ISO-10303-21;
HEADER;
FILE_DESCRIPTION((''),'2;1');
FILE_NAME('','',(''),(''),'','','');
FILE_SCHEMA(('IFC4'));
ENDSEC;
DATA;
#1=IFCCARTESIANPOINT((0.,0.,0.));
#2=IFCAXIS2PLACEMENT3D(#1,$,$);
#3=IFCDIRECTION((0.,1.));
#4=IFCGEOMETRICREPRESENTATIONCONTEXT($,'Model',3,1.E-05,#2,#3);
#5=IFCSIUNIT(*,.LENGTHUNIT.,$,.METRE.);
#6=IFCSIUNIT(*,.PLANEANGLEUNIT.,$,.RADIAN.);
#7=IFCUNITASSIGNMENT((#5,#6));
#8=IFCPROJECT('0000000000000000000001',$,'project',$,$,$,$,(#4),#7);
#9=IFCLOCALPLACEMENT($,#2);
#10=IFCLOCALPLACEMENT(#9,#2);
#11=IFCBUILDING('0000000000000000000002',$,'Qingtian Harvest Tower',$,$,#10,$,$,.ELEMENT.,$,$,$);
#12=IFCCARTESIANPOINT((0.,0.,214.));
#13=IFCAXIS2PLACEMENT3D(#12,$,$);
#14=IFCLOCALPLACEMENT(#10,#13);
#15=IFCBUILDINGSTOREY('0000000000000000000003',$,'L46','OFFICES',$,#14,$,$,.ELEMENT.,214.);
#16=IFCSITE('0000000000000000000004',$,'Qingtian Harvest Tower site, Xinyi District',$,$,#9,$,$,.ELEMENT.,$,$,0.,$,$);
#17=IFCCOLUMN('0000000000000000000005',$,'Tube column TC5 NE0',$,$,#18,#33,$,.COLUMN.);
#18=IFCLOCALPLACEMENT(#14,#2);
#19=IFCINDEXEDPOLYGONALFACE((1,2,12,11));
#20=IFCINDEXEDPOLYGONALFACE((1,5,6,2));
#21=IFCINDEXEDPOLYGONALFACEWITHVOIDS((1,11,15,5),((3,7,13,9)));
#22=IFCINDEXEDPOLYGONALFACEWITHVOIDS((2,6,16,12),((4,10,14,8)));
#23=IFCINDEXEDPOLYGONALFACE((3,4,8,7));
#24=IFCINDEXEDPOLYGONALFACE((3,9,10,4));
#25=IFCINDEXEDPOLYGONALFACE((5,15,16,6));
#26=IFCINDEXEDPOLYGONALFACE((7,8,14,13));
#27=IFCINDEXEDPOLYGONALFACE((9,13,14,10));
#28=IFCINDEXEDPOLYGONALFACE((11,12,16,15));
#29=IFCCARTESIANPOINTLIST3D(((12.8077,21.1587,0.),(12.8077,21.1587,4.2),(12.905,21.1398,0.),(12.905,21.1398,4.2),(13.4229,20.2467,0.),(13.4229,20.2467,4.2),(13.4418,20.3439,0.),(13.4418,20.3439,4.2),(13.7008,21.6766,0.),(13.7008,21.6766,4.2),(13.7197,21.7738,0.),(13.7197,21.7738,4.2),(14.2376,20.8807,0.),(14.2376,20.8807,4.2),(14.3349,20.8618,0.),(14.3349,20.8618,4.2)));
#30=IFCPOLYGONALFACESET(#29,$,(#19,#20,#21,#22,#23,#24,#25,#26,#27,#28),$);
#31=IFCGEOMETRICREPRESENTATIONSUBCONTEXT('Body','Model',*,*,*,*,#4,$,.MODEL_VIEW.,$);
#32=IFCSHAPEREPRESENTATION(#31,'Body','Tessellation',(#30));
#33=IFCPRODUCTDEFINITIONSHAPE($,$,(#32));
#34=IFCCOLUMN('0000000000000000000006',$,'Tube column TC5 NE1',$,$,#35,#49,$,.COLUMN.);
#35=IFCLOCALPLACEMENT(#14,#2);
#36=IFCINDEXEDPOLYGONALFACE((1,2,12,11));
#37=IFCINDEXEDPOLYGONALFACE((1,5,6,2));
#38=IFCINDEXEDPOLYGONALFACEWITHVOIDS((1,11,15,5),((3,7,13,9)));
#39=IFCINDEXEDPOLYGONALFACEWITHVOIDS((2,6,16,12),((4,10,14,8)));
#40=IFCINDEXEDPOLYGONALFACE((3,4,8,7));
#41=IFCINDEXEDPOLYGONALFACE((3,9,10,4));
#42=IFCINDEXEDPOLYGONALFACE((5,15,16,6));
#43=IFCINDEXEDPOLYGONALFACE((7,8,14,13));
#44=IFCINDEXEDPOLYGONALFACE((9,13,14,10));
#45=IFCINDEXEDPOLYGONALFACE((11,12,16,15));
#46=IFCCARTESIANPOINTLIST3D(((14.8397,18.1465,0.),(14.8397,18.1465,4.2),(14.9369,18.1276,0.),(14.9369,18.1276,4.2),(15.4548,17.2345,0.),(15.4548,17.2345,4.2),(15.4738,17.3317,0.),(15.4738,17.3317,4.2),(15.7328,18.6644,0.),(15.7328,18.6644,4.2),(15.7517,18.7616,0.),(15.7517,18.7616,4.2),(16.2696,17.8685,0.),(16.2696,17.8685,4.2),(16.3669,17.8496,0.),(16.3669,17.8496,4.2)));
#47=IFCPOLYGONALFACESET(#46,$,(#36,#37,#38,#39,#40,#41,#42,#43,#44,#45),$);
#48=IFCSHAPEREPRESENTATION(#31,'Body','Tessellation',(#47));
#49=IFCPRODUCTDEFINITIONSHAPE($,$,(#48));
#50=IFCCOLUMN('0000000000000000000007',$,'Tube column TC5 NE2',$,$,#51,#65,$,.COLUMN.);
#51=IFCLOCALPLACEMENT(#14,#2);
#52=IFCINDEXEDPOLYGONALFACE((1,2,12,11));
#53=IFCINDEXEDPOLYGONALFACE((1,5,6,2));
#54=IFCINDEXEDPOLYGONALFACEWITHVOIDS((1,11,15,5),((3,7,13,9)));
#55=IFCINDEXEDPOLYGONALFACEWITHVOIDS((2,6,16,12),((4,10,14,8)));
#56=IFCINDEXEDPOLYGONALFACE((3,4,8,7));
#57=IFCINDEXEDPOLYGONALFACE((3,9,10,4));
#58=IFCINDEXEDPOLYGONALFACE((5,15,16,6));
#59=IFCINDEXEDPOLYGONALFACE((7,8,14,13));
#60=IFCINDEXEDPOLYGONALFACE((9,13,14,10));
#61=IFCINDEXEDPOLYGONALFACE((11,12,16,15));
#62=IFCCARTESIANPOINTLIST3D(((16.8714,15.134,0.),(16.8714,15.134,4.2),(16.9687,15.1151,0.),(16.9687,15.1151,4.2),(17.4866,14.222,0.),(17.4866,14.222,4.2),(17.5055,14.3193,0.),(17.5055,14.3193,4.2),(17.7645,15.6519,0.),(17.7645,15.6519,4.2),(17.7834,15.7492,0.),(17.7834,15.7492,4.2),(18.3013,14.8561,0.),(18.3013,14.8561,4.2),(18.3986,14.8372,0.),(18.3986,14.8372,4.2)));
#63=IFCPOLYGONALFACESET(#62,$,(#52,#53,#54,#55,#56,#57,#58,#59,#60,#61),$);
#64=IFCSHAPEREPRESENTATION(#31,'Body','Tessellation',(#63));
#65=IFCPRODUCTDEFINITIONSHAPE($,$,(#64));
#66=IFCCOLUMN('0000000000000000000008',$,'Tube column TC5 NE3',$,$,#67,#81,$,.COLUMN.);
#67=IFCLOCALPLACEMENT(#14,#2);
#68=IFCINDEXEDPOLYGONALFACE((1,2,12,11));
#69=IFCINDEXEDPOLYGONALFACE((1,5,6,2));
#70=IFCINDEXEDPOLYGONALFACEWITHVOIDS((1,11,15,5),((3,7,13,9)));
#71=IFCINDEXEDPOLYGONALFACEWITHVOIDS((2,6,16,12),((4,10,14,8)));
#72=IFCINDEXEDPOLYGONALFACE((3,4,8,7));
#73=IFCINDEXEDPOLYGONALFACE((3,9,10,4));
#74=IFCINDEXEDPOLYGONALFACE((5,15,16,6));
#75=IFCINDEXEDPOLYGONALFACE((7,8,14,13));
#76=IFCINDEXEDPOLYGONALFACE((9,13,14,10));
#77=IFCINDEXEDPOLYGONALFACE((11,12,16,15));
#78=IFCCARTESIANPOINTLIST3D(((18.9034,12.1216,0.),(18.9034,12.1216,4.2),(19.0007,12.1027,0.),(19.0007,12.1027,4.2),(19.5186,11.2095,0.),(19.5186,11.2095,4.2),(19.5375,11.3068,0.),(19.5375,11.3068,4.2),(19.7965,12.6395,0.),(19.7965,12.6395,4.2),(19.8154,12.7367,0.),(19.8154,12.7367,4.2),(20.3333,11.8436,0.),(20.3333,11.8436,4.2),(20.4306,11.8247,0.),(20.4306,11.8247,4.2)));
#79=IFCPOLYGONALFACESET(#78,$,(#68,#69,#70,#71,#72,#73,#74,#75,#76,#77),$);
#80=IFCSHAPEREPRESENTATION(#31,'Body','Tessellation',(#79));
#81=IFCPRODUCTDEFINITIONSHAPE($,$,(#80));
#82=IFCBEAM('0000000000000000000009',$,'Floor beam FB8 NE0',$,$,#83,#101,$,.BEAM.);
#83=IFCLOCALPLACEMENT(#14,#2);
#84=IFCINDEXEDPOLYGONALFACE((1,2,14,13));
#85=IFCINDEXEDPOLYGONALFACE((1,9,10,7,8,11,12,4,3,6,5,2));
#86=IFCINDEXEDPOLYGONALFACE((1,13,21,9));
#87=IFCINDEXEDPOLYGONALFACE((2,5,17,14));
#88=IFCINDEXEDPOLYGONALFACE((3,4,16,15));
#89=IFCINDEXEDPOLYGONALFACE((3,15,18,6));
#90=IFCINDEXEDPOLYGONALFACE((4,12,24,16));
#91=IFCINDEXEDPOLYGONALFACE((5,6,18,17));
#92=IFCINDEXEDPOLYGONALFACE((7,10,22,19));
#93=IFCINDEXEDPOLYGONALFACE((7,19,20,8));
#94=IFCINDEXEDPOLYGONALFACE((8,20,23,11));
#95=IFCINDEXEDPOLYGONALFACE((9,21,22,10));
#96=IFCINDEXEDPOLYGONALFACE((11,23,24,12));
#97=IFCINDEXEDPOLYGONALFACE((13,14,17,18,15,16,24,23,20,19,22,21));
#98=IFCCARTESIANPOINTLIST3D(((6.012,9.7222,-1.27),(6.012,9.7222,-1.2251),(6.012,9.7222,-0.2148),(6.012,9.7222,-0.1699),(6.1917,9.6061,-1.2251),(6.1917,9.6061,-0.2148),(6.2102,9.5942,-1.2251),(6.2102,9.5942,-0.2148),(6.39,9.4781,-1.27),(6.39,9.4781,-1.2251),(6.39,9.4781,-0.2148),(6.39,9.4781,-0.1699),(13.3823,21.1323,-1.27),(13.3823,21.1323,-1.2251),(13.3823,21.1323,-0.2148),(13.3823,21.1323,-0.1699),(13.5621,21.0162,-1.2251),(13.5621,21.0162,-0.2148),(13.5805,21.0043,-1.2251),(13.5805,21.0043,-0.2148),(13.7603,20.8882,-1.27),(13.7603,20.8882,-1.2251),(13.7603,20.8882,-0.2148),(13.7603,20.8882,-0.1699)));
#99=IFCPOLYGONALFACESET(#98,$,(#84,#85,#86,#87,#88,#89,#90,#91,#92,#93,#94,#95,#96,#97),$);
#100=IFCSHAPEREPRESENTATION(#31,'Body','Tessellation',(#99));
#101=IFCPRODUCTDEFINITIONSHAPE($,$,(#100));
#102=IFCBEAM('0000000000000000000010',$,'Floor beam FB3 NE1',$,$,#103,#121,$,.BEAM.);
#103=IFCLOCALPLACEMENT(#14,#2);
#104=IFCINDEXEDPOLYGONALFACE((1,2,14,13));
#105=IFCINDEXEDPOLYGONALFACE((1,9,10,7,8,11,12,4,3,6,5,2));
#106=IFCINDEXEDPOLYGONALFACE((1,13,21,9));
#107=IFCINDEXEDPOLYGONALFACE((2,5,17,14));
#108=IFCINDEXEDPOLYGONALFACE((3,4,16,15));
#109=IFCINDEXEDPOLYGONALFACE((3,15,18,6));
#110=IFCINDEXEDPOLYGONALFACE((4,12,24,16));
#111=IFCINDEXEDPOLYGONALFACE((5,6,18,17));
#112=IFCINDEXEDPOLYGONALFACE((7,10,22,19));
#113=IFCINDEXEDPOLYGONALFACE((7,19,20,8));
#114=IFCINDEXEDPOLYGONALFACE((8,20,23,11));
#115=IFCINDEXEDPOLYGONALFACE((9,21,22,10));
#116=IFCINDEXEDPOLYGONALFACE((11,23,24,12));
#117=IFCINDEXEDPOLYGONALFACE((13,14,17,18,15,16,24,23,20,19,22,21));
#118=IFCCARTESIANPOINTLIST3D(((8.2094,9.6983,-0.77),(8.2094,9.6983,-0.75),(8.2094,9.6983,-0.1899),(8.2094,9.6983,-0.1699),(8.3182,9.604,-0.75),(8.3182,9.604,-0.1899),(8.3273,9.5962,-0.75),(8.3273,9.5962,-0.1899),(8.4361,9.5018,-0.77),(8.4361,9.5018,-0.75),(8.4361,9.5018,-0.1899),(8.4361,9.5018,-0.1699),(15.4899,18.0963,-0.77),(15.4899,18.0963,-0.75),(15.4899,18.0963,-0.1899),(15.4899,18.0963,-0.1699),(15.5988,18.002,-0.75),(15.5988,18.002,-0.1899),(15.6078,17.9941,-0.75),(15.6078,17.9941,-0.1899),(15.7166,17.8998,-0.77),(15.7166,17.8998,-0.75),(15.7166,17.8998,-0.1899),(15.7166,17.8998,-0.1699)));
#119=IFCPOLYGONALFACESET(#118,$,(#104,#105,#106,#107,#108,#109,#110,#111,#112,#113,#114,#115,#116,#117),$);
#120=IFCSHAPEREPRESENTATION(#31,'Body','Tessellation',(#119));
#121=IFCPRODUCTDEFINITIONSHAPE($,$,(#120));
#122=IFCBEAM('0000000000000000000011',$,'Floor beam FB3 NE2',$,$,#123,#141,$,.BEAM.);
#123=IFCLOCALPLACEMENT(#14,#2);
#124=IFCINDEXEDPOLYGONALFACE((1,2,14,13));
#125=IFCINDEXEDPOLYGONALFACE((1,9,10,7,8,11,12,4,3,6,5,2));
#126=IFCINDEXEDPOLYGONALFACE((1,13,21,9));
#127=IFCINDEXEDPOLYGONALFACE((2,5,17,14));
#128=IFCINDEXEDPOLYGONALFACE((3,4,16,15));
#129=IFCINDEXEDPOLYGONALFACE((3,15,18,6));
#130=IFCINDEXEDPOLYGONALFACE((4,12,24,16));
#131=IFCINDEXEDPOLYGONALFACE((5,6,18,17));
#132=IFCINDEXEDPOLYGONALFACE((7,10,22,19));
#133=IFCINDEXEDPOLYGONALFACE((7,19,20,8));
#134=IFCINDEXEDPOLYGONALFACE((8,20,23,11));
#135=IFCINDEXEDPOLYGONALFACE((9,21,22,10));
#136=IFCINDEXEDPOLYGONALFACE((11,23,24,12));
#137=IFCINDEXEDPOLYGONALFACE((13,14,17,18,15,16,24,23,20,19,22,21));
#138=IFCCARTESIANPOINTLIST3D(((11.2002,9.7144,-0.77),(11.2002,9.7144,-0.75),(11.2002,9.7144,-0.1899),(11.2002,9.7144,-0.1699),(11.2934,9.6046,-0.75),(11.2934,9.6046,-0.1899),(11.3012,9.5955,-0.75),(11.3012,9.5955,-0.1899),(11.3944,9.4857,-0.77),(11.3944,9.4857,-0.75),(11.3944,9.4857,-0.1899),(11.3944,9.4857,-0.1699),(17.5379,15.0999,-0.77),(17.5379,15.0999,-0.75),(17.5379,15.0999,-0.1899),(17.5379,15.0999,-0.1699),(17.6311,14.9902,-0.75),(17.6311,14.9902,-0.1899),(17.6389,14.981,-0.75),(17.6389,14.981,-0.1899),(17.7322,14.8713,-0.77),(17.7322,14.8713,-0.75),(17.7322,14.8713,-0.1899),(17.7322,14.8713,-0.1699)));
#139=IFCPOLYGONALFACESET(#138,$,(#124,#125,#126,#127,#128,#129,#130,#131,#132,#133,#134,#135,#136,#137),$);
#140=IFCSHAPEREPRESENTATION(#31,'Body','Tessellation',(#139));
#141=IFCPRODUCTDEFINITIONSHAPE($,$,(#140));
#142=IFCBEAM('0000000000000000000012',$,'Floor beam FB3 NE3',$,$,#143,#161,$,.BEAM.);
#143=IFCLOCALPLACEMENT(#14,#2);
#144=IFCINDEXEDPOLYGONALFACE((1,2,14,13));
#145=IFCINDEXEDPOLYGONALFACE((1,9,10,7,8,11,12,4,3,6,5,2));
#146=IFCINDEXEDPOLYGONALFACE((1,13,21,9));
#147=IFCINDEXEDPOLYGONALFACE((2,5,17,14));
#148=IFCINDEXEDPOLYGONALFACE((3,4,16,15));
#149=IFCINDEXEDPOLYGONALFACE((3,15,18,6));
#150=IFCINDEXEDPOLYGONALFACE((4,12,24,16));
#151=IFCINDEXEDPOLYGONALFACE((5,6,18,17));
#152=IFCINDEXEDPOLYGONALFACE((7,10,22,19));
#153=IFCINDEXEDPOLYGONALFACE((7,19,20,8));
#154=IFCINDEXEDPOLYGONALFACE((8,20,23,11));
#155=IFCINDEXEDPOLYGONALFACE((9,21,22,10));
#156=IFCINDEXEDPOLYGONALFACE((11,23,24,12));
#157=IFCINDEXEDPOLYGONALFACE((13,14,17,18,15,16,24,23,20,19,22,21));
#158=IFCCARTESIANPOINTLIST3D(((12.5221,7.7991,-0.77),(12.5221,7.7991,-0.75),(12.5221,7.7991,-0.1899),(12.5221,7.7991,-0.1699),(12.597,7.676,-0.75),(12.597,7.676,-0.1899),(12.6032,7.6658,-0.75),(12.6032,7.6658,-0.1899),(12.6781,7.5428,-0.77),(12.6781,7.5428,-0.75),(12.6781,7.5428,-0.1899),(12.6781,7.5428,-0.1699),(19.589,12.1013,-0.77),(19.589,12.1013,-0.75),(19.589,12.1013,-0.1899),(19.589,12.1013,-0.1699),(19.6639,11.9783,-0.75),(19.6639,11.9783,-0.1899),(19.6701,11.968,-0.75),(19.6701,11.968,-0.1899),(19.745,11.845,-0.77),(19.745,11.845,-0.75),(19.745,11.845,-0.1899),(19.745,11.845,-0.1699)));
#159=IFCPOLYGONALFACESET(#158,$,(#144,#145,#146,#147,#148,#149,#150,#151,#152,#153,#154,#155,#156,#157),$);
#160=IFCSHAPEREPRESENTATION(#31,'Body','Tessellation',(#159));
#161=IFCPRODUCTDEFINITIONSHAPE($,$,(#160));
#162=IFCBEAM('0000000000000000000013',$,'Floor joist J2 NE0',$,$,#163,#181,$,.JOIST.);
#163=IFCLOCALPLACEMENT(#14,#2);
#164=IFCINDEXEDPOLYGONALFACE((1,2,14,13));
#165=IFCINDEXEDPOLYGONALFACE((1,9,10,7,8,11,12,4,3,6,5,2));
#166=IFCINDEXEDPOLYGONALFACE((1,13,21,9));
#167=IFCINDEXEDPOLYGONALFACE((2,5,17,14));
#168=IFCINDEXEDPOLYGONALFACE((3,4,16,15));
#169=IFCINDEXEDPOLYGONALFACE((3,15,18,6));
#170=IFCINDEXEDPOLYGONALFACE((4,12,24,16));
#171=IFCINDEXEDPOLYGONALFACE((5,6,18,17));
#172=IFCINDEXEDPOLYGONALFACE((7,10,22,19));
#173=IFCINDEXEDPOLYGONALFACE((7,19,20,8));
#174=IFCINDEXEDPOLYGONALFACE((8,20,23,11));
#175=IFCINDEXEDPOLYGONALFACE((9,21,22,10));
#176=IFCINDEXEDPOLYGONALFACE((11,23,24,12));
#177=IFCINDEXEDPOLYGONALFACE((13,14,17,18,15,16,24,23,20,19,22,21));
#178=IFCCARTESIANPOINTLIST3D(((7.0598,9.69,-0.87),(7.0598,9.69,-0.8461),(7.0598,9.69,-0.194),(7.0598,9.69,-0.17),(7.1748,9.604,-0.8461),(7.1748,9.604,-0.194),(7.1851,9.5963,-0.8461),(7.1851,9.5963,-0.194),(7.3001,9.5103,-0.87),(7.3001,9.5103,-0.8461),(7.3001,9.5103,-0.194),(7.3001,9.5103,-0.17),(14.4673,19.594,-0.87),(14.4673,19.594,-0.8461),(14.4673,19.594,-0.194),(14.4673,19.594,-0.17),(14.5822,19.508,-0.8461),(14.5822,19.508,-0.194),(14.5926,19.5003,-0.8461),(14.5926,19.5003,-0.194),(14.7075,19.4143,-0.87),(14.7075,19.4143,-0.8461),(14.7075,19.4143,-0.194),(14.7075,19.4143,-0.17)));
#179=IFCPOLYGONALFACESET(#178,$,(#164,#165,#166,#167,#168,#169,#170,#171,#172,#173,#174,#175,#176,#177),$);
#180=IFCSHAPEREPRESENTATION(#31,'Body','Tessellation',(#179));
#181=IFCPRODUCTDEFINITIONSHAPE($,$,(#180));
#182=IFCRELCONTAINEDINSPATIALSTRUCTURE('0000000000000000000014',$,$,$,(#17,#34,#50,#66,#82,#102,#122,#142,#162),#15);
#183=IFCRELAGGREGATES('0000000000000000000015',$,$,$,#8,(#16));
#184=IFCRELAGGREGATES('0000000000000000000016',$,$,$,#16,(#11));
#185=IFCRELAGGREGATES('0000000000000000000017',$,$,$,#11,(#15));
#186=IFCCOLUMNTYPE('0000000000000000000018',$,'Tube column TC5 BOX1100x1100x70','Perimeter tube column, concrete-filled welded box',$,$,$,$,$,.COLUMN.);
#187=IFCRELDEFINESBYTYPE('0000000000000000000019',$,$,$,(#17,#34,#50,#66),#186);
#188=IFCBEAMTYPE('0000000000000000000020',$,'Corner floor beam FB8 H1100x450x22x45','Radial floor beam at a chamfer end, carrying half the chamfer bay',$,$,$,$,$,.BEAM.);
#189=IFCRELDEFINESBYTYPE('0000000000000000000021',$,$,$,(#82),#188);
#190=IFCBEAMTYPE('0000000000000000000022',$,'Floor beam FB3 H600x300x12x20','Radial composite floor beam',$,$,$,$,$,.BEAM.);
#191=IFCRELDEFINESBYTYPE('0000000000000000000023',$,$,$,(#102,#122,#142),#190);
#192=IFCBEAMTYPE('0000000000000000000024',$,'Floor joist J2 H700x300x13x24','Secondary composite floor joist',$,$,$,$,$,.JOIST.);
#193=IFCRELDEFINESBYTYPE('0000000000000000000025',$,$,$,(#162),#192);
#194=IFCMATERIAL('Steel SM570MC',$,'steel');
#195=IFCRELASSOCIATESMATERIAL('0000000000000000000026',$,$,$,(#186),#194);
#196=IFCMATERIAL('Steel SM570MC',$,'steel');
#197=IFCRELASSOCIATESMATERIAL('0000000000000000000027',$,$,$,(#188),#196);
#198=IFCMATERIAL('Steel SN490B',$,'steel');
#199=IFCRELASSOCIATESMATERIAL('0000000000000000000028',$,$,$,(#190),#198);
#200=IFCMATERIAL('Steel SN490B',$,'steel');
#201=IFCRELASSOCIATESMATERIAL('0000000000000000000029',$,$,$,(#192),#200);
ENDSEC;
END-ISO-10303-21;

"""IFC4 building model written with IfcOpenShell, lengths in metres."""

from ifc_helpers import new_model, si_unit, direction, frame, origin, origin_2d, place, context, subcontext, project, spatial, hollow_rectangle, i_section, extrude, material, material_profile, profile_set, type_object, element, save


model = new_model("IFC4")

# Units and contexts
model_context = context("Model", 3, precision=1e-05, world=origin(), true_north=direction((0.0, 1.0)))
body_context = subcontext(model_context, "Body", "Model", "MODEL_VIEW")
ifc_project = project(units=[si_unit("LENGTHUNIT", "METRE"), si_unit("PLANEANGLEUNIT", "RADIAN")], contexts=[model_context])

# Site, building, storey
site_placement = place(None, origin())
site = spatial("IfcSite", under=ifc_project, at=site_placement, Name="Qingtian Harvest Tower site, Xinyi District", CompositionType="ELEMENT", RefElevation=0.0)
building_placement = place(site_placement, origin())
building = spatial("IfcBuilding", under=site, at=building_placement, Name="Qingtian Harvest Tower", CompositionType="ELEMENT")
storey_placement = place(building_placement, frame((0.0, 0.0, 214.0)))
storey = spatial("IfcBuildingStorey", under=building, at=storey_placement, Name="L46", Description="OFFICES", CompositionType="ELEMENT", Elevation=214.0)

# Columns
ifc_material_1 = material(Name="Steel SM570MC", Category="steel")
ifc_material_profile_1 = material_profile(ifc_material_1, hollow_rectangle(XDim=1.1001, YDim=1.1001, WallThickness=0.0701, at=origin_2d()), Name="BOX1100x1100x70")
ifc_profile_set_1 = profile_set([ifc_material_profile_1], Name="Steel SM570MC")
column_type = type_object("IfcColumnType", Name="Tube column TC5 BOX1100x1100x70", Description="Perimeter tube column, concrete-filled welded box", PredefinedType="COLUMN", material=ifc_profile_set_1)
for number, where, z_axis, x_axis, name in (
    (1, (13.5713, 21.0103, 0.0), (0.0, 0.0, 1.0), (-0.559193, 0.829038, 0.0), "Tube column TC5 NE0"),
    (2, (15.6033, 17.998, 0.0), (0.0, 0.0, 1.0), (-0.559193, 0.829038, 0.0), "Tube column TC5 NE1"),
    (3, (17.635, 14.9856, 0.0), (0.0, 0.0, 1.0), (-0.559193, 0.829038, 0.0), "Tube column TC5 NE2"),
    (4, (19.667, 11.9731, 0.0), (0.0, 0.0, 1.0), (-0.559193, 0.829038, 0.0), "Tube column TC5 NE3"),
):
    element("IfcColumn", number, at=place(storey_placement, frame(where, z_axis=z_axis, x_axis=x_axis)), inside=storey, type_object=column_type, Name=name, PredefinedType="COLUMN", context=body_context, shape_type="SweptSolid", body=[
        extrude(hollow_rectangle(XDim=1.1001, YDim=1.1001, WallThickness=0.0701, at=origin_2d()), origin(), (0.0, 0.0, 1.0), 4.2),
    ])

# Beams
ifc_material_2 = material(Name="Steel SM570MC", Category="steel")
ifc_material_profile_2 = material_profile(ifc_material_2, i_section(OverallWidth=0.45, OverallDepth=1.1001, WebThickness=0.022, FlangeThickness=0.0449, at=origin_2d()), Name="H1100x450x22x45")
ifc_profile_set_2 = profile_set([ifc_material_profile_2], Name="Steel SM570MC")
beam_type_1 = type_object("IfcBeamType", Name="Corner floor beam FB8 H1100x450x22x45", Description="Radial floor beam at a chamfer end, carrying half the chamfer bay", PredefinedType="BEAM", material=ifc_profile_set_2)
beam_1_placement = place(storey_placement, frame((13.5713, 21.0103, -0.72), z_axis=(-0.542593, -0.839996, 0.0), x_axis=(0.839996, -0.542593, 0.0)))
element("IfcBeam", 5, at=beam_1_placement, inside=storey, type_object=beam_type_1, Name="Floor beam FB8 NE0", PredefinedType="BEAM", context=body_context, shape_type="SweptSolid", body=[
    extrude(i_section(OverallWidth=0.45, OverallDepth=1.1001, WebThickness=0.022, FlangeThickness=0.0449, at=origin_2d()), origin(), (0.0, 0.0, 1.0), 13.5835),
])
ifc_material_3 = material(Name="Steel SN490B", Category="steel")
ifc_material_profile_3 = material_profile(ifc_material_3, i_section(OverallWidth=0.3, OverallDepth=0.6001, WebThickness=0.012, FlangeThickness=0.02, at=origin_2d()), Name="H600x300x12x20")
ifc_profile_set_3 = profile_set([ifc_material_profile_3], Name="Steel SN490B")
beam_type_2 = type_object("IfcBeamType", Name="Floor beam FB3 H600x300x12x20", Description="Radial composite floor beam", PredefinedType="BEAM", material=ifc_profile_set_3)
beam_2_placement = place(storey_placement, frame((15.6033, 17.998, -0.47), z_axis=(-0.655048, -0.755587, 0.0), x_axis=(0.755587, -0.655048, 0.0)))
element("IfcBeam", 6, at=beam_2_placement, inside=storey, type_object=beam_type_2, Name="Floor beam FB3 NE1", PredefinedType="BEAM", context=body_context, shape_type="SweptSolid", body=[
    extrude(i_section(OverallWidth=0.3, OverallDepth=0.6001, WebThickness=0.012, FlangeThickness=0.02, at=origin_2d()), origin(), (0.0, 0.0, 1.0), 11.1145),
])
beam_3_placement = place(storey_placement, frame((17.635, 14.9856, -0.47), z_axis=(-0.762028, -0.647544, 0.0), x_axis=(0.647544, -0.762028, 0.0)))
element("IfcBeam", 7, at=beam_3_placement, inside=storey, type_object=beam_type_2, Name="Floor beam FB3 NE2", PredefinedType="BEAM", context=body_context, shape_type="SweptSolid", body=[
    extrude(i_section(OverallWidth=0.3, OverallDepth=0.6001, WebThickness=0.012, FlangeThickness=0.02, at=origin_2d()), origin(), (0.0, 0.0, 1.0), 8.3169),
])
beam_4_placement = place(storey_placement, frame((19.667, 11.9731, -0.47), z_axis=(-0.854163, -0.520005, 0.0), x_axis=(0.520005, -0.854163, 0.0)))
element("IfcBeam", 8, at=beam_4_placement, inside=storey, type_object=beam_type_2, Name="Floor beam FB3 NE3", PredefinedType="BEAM", context=body_context, shape_type="SweptSolid", body=[
    extrude(i_section(OverallWidth=0.3, OverallDepth=0.6001, WebThickness=0.012, FlangeThickness=0.02, at=origin_2d()), origin(), (0.0, 0.0, 1.0), 8.2734),
])
ifc_material_4 = material(Name="Steel SN490B", Category="steel")
ifc_material_profile_4 = material_profile(ifc_material_4, i_section(OverallWidth=0.3, OverallDepth=0.7, WebThickness=0.0129, FlangeThickness=0.0239, at=origin_2d()), Name="H700x300x13x24")
ifc_profile_set_4 = profile_set([ifc_material_profile_4], Name="Steel SN490B")
beam_type_3 = type_object("IfcBeamType", Name="Floor joist J2 H700x300x13x24", Description="Secondary composite floor joist", PredefinedType="JOIST", material=ifc_profile_set_4)
beam_5_placement = place(storey_placement, frame((14.5874, 19.5042, -0.52), z_axis=(-0.598935, -0.800798, 0.0), x_axis=(0.800798, -0.598935, 0.0)))
element("IfcBeam", 9, at=beam_5_placement, inside=storey, type_object=beam_type_3, Name="Floor joist J2 NE0", PredefinedType="JOIST", context=body_context, shape_type="SweptSolid", body=[
    extrude(i_section(OverallWidth=0.3, OverallDepth=0.7, WebThickness=0.0129, FlangeThickness=0.0239, at=origin_2d()), origin(), (0.0, 0.0, 1.0), 12.3677),
])

save(model, "model.ifc")
